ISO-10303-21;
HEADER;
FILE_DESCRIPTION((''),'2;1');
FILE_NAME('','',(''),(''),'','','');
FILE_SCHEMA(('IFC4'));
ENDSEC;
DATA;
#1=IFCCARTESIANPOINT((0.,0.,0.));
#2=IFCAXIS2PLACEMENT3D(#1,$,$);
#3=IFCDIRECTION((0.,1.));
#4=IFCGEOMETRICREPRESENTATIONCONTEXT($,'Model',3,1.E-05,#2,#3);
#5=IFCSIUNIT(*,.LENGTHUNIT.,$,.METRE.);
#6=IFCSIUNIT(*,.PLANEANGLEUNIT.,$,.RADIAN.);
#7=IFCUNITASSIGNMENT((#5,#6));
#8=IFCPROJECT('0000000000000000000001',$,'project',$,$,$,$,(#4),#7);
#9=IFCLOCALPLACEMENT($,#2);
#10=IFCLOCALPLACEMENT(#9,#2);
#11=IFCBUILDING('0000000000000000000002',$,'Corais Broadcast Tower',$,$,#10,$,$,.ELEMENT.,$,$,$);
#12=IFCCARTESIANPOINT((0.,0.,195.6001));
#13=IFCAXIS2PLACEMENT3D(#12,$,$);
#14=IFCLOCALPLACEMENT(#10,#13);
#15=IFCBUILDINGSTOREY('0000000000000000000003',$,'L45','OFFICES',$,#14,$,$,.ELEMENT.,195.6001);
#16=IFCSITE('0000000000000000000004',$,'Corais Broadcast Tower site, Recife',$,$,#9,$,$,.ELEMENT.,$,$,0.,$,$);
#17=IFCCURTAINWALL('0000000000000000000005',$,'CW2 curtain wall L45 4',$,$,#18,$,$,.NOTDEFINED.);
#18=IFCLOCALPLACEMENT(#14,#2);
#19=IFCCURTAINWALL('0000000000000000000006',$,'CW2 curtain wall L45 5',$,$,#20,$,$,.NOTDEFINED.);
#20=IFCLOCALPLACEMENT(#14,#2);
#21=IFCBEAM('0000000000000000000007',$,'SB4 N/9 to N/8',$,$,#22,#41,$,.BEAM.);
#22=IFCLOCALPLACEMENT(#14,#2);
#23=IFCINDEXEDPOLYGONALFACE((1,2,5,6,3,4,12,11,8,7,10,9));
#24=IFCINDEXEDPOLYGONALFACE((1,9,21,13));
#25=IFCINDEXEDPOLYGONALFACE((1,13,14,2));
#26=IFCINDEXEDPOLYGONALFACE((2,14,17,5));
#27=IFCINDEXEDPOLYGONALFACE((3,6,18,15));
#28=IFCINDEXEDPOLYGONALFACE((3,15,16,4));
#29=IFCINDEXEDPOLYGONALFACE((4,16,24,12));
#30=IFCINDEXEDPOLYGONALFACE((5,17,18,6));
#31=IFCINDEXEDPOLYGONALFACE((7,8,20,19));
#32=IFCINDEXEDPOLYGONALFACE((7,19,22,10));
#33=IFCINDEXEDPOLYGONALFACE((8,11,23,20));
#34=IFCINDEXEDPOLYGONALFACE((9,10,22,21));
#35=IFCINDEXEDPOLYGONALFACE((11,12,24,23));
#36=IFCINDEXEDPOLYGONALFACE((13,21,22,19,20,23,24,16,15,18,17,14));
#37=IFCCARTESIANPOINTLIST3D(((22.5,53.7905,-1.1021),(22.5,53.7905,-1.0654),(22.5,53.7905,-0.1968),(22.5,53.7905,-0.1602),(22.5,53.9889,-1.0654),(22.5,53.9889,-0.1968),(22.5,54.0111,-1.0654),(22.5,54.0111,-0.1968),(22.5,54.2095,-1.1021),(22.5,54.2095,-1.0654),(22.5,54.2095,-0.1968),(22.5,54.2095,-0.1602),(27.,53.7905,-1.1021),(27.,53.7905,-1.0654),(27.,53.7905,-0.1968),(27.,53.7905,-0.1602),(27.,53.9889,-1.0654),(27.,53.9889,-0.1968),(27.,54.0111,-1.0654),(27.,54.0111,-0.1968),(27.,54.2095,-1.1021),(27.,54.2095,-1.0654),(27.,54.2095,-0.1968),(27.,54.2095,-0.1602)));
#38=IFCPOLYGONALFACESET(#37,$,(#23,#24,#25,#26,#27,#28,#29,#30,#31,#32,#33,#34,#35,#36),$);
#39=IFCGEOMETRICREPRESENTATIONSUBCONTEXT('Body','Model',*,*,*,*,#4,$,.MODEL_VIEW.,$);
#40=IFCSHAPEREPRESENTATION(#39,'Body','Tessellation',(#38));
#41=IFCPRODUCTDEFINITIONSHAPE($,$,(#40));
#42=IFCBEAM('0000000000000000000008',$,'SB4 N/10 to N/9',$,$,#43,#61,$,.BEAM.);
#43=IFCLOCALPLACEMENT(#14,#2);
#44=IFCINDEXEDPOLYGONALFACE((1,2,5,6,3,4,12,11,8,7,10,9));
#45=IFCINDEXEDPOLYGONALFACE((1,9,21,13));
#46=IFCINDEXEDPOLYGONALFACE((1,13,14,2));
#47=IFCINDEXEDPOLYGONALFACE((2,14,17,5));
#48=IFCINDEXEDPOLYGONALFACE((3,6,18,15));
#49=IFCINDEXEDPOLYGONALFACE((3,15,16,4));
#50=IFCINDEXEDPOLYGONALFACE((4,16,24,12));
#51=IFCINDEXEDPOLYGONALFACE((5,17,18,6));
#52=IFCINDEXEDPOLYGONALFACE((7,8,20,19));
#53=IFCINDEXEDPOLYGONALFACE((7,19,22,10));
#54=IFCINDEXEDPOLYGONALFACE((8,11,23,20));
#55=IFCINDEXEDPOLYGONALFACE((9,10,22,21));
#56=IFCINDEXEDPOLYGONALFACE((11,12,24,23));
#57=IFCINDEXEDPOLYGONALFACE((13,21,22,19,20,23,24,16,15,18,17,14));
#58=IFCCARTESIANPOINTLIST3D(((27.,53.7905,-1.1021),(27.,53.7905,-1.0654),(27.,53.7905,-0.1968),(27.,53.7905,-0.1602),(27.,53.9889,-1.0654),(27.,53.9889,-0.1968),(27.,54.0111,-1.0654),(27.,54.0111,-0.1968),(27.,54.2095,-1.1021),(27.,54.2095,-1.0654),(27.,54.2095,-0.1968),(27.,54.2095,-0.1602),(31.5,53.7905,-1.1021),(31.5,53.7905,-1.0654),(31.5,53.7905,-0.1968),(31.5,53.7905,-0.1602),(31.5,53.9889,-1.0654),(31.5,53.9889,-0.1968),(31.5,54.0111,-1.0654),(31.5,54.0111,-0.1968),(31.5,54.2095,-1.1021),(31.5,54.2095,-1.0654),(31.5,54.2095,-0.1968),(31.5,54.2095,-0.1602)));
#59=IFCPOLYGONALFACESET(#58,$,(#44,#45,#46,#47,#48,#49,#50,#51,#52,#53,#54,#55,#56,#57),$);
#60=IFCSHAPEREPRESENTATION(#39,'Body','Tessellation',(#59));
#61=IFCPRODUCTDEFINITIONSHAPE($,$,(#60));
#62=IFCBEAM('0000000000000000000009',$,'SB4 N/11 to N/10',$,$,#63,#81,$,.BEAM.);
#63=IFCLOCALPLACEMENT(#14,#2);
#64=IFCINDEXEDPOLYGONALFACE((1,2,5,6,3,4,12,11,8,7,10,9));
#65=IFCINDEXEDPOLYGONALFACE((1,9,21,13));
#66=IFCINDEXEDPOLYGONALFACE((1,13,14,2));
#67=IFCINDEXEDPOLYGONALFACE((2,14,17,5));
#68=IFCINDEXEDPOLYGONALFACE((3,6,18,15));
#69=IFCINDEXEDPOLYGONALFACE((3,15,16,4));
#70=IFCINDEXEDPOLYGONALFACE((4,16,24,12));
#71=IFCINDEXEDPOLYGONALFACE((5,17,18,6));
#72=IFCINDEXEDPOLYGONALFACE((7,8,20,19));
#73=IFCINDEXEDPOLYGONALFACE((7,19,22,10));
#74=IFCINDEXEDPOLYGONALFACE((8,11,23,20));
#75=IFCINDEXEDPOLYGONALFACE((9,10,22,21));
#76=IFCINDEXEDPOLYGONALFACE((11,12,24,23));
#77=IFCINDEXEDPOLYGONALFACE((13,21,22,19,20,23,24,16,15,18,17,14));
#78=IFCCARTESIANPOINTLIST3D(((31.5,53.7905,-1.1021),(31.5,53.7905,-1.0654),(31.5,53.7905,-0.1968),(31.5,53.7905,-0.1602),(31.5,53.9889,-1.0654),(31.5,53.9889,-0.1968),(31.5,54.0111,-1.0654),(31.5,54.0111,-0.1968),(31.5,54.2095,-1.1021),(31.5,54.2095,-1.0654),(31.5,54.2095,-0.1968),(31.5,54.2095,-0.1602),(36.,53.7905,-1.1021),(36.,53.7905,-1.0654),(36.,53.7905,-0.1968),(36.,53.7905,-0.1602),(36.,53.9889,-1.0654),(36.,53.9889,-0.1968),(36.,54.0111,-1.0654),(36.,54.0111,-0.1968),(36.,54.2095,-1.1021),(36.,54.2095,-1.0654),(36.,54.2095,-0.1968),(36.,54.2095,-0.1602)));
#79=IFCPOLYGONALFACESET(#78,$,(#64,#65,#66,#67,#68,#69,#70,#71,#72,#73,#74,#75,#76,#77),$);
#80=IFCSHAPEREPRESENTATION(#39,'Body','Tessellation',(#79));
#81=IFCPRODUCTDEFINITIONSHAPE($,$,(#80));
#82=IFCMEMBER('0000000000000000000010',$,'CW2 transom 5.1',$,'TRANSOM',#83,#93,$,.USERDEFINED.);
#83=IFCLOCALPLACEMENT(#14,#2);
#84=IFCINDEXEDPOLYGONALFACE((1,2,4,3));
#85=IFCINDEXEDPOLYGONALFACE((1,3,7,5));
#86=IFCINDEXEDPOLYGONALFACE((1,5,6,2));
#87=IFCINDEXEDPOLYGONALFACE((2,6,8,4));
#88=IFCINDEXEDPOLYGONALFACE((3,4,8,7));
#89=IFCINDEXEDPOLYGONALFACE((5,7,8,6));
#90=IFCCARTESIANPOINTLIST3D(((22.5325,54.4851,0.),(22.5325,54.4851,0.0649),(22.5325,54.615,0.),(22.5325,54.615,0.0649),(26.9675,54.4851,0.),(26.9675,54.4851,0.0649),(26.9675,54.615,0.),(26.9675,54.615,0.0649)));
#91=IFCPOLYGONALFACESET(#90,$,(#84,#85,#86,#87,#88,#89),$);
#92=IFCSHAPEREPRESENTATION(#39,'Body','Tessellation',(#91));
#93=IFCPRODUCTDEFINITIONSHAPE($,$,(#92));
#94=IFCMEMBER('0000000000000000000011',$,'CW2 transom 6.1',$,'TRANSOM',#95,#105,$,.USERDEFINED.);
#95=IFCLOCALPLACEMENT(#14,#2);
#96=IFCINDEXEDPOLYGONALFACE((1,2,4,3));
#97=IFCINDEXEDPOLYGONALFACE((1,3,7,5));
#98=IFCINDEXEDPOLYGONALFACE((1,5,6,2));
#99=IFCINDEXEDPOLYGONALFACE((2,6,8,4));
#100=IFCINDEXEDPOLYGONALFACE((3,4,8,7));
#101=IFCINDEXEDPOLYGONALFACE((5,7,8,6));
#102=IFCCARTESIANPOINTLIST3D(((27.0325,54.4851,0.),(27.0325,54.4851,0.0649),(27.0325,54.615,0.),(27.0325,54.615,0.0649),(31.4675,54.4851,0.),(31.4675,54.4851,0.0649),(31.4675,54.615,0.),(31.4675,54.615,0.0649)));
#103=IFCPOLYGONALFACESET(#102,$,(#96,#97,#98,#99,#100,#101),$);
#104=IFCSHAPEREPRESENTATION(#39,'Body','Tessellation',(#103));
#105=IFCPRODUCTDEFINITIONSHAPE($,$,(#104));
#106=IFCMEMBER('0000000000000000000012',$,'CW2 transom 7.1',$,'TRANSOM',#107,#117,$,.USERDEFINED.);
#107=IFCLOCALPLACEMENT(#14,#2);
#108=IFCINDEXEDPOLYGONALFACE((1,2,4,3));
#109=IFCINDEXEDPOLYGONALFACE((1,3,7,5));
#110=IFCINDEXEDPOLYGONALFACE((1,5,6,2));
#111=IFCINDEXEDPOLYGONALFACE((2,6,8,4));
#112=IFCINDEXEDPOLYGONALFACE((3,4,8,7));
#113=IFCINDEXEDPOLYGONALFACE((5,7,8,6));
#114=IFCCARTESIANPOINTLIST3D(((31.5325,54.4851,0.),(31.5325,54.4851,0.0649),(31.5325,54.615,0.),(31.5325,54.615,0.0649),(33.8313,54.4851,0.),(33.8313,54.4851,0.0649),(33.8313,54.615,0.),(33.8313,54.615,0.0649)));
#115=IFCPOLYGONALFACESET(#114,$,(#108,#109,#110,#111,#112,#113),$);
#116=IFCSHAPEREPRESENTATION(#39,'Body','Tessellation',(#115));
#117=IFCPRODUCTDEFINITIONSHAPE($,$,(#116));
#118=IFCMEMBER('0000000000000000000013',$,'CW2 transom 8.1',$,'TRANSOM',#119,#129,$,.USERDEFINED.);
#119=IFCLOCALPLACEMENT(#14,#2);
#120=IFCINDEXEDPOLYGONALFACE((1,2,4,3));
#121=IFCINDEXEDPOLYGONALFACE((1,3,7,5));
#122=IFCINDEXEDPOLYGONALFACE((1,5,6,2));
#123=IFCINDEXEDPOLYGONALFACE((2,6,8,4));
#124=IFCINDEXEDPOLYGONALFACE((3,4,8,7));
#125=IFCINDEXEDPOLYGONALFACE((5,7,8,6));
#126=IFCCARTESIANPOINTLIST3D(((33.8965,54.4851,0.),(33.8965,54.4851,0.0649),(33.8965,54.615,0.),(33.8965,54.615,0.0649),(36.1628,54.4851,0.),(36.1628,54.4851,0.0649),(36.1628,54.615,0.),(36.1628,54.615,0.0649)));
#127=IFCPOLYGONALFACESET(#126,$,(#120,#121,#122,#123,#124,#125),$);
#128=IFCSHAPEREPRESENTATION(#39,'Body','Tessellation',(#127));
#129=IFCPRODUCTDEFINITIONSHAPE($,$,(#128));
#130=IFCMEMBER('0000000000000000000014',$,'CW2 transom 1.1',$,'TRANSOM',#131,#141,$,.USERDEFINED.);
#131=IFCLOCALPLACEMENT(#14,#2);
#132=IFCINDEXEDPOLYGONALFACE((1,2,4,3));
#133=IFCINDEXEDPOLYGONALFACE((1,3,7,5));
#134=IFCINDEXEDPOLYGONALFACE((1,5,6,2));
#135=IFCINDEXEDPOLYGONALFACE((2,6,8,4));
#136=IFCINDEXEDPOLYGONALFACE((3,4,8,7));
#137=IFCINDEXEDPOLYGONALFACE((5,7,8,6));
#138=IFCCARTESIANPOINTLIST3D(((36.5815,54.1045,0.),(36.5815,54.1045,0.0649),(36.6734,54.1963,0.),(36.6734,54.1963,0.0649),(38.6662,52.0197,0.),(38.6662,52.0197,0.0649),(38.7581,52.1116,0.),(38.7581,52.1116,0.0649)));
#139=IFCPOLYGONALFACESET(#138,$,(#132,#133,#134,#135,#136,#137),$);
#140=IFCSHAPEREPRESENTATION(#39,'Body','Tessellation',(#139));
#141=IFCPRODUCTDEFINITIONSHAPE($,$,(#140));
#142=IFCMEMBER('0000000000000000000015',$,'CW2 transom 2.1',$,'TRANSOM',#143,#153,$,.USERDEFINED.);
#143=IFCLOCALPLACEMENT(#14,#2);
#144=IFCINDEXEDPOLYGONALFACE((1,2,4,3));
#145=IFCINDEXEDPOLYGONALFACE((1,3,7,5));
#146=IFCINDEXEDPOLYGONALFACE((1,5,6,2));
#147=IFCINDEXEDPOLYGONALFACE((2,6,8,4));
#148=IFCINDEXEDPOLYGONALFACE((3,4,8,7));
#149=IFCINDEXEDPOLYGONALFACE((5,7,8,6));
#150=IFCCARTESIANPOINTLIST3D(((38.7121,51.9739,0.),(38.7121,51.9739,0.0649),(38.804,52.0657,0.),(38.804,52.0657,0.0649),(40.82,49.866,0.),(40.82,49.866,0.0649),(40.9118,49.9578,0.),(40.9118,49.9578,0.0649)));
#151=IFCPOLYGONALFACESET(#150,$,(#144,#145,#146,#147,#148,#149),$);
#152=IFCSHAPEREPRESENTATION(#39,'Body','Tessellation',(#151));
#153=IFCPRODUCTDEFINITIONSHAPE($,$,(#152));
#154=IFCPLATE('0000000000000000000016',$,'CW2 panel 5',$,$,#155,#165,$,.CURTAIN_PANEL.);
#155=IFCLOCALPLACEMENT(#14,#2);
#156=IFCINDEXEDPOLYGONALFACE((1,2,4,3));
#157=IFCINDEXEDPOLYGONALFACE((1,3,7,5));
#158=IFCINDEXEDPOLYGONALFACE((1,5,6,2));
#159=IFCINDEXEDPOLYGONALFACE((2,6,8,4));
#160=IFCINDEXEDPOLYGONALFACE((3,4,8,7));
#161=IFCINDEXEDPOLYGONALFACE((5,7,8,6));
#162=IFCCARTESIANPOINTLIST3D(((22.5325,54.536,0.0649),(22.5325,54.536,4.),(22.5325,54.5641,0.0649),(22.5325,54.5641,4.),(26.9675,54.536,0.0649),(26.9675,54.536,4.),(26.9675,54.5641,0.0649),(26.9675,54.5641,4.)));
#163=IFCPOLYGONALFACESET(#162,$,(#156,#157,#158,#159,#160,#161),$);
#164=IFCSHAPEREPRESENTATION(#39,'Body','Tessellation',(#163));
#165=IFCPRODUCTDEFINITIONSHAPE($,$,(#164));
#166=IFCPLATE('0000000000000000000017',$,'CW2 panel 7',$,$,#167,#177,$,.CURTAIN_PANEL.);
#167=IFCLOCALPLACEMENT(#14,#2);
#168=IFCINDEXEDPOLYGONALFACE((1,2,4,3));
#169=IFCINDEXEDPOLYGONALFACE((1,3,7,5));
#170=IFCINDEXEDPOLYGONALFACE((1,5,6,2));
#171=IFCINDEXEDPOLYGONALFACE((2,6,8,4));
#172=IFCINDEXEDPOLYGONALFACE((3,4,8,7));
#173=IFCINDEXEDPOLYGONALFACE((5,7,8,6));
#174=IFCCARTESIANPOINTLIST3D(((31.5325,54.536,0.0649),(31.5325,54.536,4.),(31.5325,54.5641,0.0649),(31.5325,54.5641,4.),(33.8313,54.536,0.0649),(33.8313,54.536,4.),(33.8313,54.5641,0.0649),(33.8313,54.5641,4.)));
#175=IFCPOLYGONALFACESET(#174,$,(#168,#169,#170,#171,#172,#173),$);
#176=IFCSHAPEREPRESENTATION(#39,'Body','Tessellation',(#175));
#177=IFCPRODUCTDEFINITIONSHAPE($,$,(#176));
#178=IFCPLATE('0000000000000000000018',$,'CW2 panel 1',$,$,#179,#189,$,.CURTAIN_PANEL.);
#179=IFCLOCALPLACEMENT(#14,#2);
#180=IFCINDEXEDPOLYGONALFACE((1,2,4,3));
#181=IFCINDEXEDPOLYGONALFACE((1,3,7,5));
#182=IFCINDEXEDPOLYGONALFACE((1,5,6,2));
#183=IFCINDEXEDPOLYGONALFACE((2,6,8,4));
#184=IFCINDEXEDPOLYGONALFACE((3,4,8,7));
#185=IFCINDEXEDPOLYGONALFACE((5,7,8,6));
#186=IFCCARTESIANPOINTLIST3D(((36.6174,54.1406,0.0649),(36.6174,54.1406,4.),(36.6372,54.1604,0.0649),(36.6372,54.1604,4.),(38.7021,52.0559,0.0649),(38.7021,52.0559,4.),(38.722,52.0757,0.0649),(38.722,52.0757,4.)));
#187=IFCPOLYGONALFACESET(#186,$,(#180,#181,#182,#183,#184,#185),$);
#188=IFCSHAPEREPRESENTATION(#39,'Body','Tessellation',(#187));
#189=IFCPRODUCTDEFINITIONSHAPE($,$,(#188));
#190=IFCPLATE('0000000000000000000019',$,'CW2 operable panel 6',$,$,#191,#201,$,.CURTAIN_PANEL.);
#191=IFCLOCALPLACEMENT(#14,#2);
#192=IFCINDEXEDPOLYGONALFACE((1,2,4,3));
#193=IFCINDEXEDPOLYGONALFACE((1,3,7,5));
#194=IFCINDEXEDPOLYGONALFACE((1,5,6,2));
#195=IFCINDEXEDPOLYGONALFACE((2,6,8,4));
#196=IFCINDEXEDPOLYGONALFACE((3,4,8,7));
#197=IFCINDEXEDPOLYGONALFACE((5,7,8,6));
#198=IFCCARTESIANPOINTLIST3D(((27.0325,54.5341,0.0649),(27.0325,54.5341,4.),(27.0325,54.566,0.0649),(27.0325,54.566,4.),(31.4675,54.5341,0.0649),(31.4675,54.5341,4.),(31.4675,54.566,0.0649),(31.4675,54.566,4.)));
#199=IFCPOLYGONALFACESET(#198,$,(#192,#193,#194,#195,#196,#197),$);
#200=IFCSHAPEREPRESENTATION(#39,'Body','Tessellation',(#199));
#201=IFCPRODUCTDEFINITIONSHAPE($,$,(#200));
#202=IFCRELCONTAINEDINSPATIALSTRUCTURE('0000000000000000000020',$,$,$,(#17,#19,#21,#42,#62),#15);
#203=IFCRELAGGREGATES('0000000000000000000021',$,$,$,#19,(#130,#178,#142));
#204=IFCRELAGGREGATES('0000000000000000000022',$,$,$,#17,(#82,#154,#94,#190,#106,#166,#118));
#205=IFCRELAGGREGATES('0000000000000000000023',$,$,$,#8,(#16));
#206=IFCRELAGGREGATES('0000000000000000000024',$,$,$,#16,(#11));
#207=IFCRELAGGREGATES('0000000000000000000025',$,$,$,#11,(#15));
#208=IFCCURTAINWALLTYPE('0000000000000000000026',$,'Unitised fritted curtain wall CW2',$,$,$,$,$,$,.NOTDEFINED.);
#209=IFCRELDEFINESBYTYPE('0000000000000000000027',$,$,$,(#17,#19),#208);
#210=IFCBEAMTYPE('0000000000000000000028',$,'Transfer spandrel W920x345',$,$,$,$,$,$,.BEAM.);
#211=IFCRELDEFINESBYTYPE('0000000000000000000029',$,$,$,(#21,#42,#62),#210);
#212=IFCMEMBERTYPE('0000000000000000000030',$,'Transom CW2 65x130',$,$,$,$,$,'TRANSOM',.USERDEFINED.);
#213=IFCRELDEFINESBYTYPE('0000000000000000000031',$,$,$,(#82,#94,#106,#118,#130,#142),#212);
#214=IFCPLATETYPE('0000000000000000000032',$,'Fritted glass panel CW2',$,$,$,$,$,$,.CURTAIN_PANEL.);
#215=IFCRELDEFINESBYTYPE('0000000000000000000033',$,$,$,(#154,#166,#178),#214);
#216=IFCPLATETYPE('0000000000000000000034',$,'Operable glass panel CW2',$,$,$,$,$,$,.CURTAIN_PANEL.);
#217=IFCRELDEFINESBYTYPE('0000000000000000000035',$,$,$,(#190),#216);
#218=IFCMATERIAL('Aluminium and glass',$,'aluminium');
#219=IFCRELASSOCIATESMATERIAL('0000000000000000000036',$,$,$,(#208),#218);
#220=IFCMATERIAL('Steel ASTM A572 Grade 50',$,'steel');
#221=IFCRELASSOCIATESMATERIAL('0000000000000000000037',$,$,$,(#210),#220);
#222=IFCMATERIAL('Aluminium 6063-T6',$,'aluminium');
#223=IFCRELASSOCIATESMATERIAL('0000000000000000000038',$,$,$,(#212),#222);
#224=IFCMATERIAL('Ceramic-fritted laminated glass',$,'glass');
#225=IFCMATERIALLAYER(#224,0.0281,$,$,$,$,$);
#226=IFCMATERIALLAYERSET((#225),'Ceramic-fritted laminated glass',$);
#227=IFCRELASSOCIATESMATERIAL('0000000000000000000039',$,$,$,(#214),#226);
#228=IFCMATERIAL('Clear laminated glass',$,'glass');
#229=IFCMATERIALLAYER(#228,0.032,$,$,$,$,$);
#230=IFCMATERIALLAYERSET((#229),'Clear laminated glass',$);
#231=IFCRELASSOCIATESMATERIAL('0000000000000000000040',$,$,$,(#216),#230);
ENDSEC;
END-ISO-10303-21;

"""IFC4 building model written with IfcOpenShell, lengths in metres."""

from ifc_helpers import new_model, si_unit, direction, frame, origin, origin_2d, place, context, subcontext, project, spatial, rectangle, i_section, extrude, material, layer, layer_set, material_profile, profile_set, type_object, element, aggregate, save


model = new_model("IFC4")

# Units and contexts
model_context = context("Model", 3, precision=1e-05, world=origin(), true_north=direction((0.0, 1.0)))
body_context = subcontext(model_context, "Body", "Model", "MODEL_VIEW")
ifc_project = project(units=[si_unit("LENGTHUNIT", "METRE"), si_unit("PLANEANGLEUNIT", "RADIAN")], contexts=[model_context])

# Site, building, storey
site_placement = place(None, origin())
site = spatial("IfcSite", under=ifc_project, at=site_placement, Name="Corais Broadcast Tower site, Recife", CompositionType="ELEMENT", RefElevation=0.0)
building_placement = place(site_placement, origin())
building = spatial("IfcBuilding", under=site, at=building_placement, Name="Corais Broadcast Tower", CompositionType="ELEMENT")
storey_placement = place(building_placement, frame((0.0, 0.0, 195.6001)))
storey = spatial("IfcBuildingStorey", under=building, at=storey_placement, Name="L45", Description="OFFICES", CompositionType="ELEMENT", Elevation=195.6001)

# Curtain walls
ifc_material_1 = material(Name="Aluminium and glass", Category="aluminium")
curtain_wall_type = type_object("IfcCurtainWallType", Name="Unitised fritted curtain wall CW2", PredefinedType="NOTDEFINED", material=ifc_material_1)
curtain_wall_1_placement = place(storey_placement, origin())
curtain_wall_1 = element("IfcCurtainWall", 1, at=curtain_wall_1_placement, inside=storey, type_object=curtain_wall_type, Name="CW2 curtain wall L45 4", PredefinedType="NOTDEFINED")
curtain_wall_2_placement = place(storey_placement, origin())
curtain_wall_2 = element("IfcCurtainWall", 2, at=curtain_wall_2_placement, inside=storey, type_object=curtain_wall_type, Name="CW2 curtain wall L45 5", PredefinedType="NOTDEFINED")

# Beams
ifc_material_2 = material(Name="Steel ASTM A572 Grade 50", Category="steel")
ifc_material_profile_1 = material_profile(ifc_material_2, i_section(OverallWidth=0.4189, OverallDepth=0.9419, WebThickness=0.0222, FlangeThickness=0.0366, at=origin_2d()), Name="W920x345")
ifc_profile_set_1 = profile_set([ifc_material_profile_1], Name="Steel ASTM A572 Grade 50")
beam_type_1 = type_object("IfcBeamType", Name="Transfer spandrel W920x345", PredefinedType="BEAM", material=ifc_profile_set_1)
for number, where, z_axis, x_axis, name in (
    (3, (27.0, 54.0, -0.6311), (-1.0, 0.0, 0.0), (0.0, -1.0, 0.0), "SB4 N/9 to N/8"),
    (4, (31.5, 54.0, -0.6311), (-1.0, 0.0, 0.0), (0.0, -1.0, 0.0), "SB4 N/10 to N/9"),
    (5, (36.0, 54.0, -0.6311), (-1.0, 0.0, 0.0), (0.0, -1.0, 0.0), "SB4 N/11 to N/10"),
):
    element("IfcBeam", number, at=place(storey_placement, frame(where, z_axis=z_axis, x_axis=x_axis)), inside=storey, type_object=beam_type_1, Name=name, PredefinedType="BEAM", context=body_context, shape_type="SweptSolid", body=[
        extrude(i_section(OverallWidth=0.4189, OverallDepth=0.9419, WebThickness=0.0222, FlangeThickness=0.0366, at=origin_2d()), origin(), (0.0, 0.0, 1.0), 4.5),
    ])

# Members
ifc_material_3 = material(Name="Aluminium 6063-T6", Category="aluminium")
ifc_material_profile_2 = material_profile(ifc_material_3, rectangle(XDim=0.1299, YDim=0.0649, at=origin_2d()), Name="Transom CW2 65x130")
ifc_profile_set_2 = profile_set([ifc_material_profile_2], Name="Aluminium 6063-T6")
member_type_1 = type_object("IfcMemberType", Name="Transom CW2 65x130", ElementType="TRANSOM", PredefinedType="USERDEFINED", material=ifc_profile_set_2)
member_1_placement = place(storey_placement, frame((22.5325, 54.55, 0.0325), z_axis=(1.0, 0.0, 0.0), x_axis=(0.0, 1.0, 0.0)))
member_1 = element("IfcMember", 6, at=member_1_placement, type_object=member_type_1, Name="CW2 transom 5.1", ObjectType="TRANSOM", PredefinedType="USERDEFINED", context=body_context, shape_type="SweptSolid", body=[
    extrude(rectangle(XDim=0.1299, YDim=0.0649, at=origin_2d()), origin(), (0.0, 0.0, 1.0), 4.4351),
])
member_2_placement = place(storey_placement, frame((27.0325, 54.55, 0.0325), z_axis=(1.0, 0.0, 0.0), x_axis=(0.0, 1.0, 0.0)))
member_2 = element("IfcMember", 7, at=member_2_placement, type_object=member_type_1, Name="CW2 transom 6.1", ObjectType="TRANSOM", PredefinedType="USERDEFINED", context=body_context, shape_type="SweptSolid", body=[
    extrude(rectangle(XDim=0.1299, YDim=0.0649, at=origin_2d()), origin(), (0.0, 0.0, 1.0), 4.4351),
])
member_3_placement = place(storey_placement, frame((31.5325, 54.55, 0.0325), z_axis=(1.0, 0.0, 0.0), x_axis=(0.0, 1.0, 0.0)))
member_3 = element("IfcMember", 8, at=member_3_placement, type_object=member_type_1, Name="CW2 transom 7.1", ObjectType="TRANSOM", PredefinedType="USERDEFINED", context=body_context, shape_type="SweptSolid", body=[
    extrude(rectangle(XDim=0.1299, YDim=0.0649, at=origin_2d()), origin(), (0.0, 0.0, 1.0), 2.2988),
])
member_4_placement = place(storey_placement, frame((33.8965, 54.55, 0.0325), z_axis=(1.0, 0.0, 0.0), x_axis=(0.0, 1.0, 0.0)))
member_4 = element("IfcMember", 9, at=member_4_placement, type_object=member_type_1, Name="CW2 transom 8.1", ObjectType="TRANSOM", PredefinedType="USERDEFINED", context=body_context, shape_type="SweptSolid", body=[
    extrude(rectangle(XDim=0.1299, YDim=0.0649, at=origin_2d()), origin(), (0.0, 0.0, 1.0), 2.2664),
])
member_5_placement = place(storey_placement, frame((36.6274, 54.1504, 0.0325), z_axis=(0.707107, -0.707107, 0.0), x_axis=(0.707107, 0.707107, 0.0)))
member_5 = element("IfcMember", 10, at=member_5_placement, type_object=member_type_1, Name="CW2 transom 1.1", ObjectType="TRANSOM", PredefinedType="USERDEFINED", context=body_context, shape_type="SweptSolid", body=[
    extrude(rectangle(XDim=0.1299, YDim=0.0649, at=origin_2d()), origin(), (0.0, 0.0, 1.0), 2.9482),
])
member_6_placement = place(storey_placement, frame((38.7581, 52.0198, 0.0325), z_axis=(0.707107, -0.707107, 0.0), x_axis=(0.707107, 0.707107, 0.0)))
member_6 = element("IfcMember", 11, at=member_6_placement, type_object=member_type_1, Name="CW2 transom 2.1", ObjectType="TRANSOM", PredefinedType="USERDEFINED", context=body_context, shape_type="SweptSolid", body=[
    extrude(rectangle(XDim=0.1299, YDim=0.0649, at=origin_2d()), origin(), (0.0, 0.0, 1.0), 2.981),
])

# Plates
ifc_material_4 = material(Name="Ceramic-fritted laminated glass", Category="glass")
ifc_layer_1 = layer(ifc_material_4, 0.0281)
ifc_layer_set_1 = layer_set([ifc_layer_1], Name="Ceramic-fritted laminated glass")
plate_type_1 = type_object("IfcPlateType", Name="Fritted glass panel CW2", PredefinedType="CURTAIN_PANEL", material=ifc_layer_set_1)
plate_1_placement = place(storey_placement, frame((24.75, 54.55, 0.0649), z_axis=(0.0, 0.0, 1.0), x_axis=(1.0, 0.0, 0.0)))
plate_1 = element("IfcPlate", 12, at=plate_1_placement, type_object=plate_type_1, Name="CW2 panel 5", PredefinedType="CURTAIN_PANEL", context=body_context, shape_type="SweptSolid", body=[
    extrude(rectangle(XDim=4.4351, YDim=0.0281, at=origin_2d()), origin(), (0.0, 0.0, 1.0), 3.9351),
])
plate_2_placement = place(storey_placement, frame((32.6819, 54.55, 0.0649), z_axis=(0.0, 0.0, 1.0), x_axis=(1.0, 0.0, 0.0)))
plate_2 = element("IfcPlate", 13, at=plate_2_placement, type_object=plate_type_1, Name="CW2 panel 7", PredefinedType="CURTAIN_PANEL", context=body_context, shape_type="SweptSolid", body=[
    extrude(rectangle(XDim=2.2988, YDim=0.0281, at=origin_2d()), origin(), (0.0, 0.0, 1.0), 3.9351),
])
plate_3_placement = place(storey_placement, frame((37.6697, 53.1082, 0.0649), z_axis=(0.0, 0.0, 1.0), x_axis=(0.707107, -0.707107, 0.0)))
plate_3 = element("IfcPlate", 14, at=plate_3_placement, type_object=plate_type_1, Name="CW2 panel 1", PredefinedType="CURTAIN_PANEL", context=body_context, shape_type="SweptSolid", body=[
    extrude(rectangle(XDim=2.9482, YDim=0.0281, at=origin_2d()), origin(), (0.0, 0.0, 1.0), 3.9351),
])
aggregate(curtain_wall_2, [member_5, plate_3, member_6])
ifc_material_5 = material(Name="Clear laminated glass", Category="glass")
ifc_layer_2 = layer(ifc_material_5, 0.032)
ifc_layer_set_2 = layer_set([ifc_layer_2], Name="Clear laminated glass")
plate_type_2 = type_object("IfcPlateType", Name="Operable glass panel CW2", PredefinedType="CURTAIN_PANEL", material=ifc_layer_set_2)
plate_4_placement = place(storey_placement, frame((29.25, 54.55, 0.0649), z_axis=(0.0, 0.0, 1.0), x_axis=(1.0, 0.0, 0.0)))
plate_4 = element("IfcPlate", 15, at=plate_4_placement, type_object=plate_type_2, Name="CW2 operable panel 6", PredefinedType="CURTAIN_PANEL", context=body_context, shape_type="SweptSolid", body=[
    extrude(rectangle(XDim=4.4351, YDim=0.032, at=origin_2d()), origin(), (0.0, 0.0, 1.0), 3.9351),
])
aggregate(curtain_wall_1, [member_1, plate_1, member_2, plate_4, member_3, plate_2, member_4])

save(model, "model.ifc")
